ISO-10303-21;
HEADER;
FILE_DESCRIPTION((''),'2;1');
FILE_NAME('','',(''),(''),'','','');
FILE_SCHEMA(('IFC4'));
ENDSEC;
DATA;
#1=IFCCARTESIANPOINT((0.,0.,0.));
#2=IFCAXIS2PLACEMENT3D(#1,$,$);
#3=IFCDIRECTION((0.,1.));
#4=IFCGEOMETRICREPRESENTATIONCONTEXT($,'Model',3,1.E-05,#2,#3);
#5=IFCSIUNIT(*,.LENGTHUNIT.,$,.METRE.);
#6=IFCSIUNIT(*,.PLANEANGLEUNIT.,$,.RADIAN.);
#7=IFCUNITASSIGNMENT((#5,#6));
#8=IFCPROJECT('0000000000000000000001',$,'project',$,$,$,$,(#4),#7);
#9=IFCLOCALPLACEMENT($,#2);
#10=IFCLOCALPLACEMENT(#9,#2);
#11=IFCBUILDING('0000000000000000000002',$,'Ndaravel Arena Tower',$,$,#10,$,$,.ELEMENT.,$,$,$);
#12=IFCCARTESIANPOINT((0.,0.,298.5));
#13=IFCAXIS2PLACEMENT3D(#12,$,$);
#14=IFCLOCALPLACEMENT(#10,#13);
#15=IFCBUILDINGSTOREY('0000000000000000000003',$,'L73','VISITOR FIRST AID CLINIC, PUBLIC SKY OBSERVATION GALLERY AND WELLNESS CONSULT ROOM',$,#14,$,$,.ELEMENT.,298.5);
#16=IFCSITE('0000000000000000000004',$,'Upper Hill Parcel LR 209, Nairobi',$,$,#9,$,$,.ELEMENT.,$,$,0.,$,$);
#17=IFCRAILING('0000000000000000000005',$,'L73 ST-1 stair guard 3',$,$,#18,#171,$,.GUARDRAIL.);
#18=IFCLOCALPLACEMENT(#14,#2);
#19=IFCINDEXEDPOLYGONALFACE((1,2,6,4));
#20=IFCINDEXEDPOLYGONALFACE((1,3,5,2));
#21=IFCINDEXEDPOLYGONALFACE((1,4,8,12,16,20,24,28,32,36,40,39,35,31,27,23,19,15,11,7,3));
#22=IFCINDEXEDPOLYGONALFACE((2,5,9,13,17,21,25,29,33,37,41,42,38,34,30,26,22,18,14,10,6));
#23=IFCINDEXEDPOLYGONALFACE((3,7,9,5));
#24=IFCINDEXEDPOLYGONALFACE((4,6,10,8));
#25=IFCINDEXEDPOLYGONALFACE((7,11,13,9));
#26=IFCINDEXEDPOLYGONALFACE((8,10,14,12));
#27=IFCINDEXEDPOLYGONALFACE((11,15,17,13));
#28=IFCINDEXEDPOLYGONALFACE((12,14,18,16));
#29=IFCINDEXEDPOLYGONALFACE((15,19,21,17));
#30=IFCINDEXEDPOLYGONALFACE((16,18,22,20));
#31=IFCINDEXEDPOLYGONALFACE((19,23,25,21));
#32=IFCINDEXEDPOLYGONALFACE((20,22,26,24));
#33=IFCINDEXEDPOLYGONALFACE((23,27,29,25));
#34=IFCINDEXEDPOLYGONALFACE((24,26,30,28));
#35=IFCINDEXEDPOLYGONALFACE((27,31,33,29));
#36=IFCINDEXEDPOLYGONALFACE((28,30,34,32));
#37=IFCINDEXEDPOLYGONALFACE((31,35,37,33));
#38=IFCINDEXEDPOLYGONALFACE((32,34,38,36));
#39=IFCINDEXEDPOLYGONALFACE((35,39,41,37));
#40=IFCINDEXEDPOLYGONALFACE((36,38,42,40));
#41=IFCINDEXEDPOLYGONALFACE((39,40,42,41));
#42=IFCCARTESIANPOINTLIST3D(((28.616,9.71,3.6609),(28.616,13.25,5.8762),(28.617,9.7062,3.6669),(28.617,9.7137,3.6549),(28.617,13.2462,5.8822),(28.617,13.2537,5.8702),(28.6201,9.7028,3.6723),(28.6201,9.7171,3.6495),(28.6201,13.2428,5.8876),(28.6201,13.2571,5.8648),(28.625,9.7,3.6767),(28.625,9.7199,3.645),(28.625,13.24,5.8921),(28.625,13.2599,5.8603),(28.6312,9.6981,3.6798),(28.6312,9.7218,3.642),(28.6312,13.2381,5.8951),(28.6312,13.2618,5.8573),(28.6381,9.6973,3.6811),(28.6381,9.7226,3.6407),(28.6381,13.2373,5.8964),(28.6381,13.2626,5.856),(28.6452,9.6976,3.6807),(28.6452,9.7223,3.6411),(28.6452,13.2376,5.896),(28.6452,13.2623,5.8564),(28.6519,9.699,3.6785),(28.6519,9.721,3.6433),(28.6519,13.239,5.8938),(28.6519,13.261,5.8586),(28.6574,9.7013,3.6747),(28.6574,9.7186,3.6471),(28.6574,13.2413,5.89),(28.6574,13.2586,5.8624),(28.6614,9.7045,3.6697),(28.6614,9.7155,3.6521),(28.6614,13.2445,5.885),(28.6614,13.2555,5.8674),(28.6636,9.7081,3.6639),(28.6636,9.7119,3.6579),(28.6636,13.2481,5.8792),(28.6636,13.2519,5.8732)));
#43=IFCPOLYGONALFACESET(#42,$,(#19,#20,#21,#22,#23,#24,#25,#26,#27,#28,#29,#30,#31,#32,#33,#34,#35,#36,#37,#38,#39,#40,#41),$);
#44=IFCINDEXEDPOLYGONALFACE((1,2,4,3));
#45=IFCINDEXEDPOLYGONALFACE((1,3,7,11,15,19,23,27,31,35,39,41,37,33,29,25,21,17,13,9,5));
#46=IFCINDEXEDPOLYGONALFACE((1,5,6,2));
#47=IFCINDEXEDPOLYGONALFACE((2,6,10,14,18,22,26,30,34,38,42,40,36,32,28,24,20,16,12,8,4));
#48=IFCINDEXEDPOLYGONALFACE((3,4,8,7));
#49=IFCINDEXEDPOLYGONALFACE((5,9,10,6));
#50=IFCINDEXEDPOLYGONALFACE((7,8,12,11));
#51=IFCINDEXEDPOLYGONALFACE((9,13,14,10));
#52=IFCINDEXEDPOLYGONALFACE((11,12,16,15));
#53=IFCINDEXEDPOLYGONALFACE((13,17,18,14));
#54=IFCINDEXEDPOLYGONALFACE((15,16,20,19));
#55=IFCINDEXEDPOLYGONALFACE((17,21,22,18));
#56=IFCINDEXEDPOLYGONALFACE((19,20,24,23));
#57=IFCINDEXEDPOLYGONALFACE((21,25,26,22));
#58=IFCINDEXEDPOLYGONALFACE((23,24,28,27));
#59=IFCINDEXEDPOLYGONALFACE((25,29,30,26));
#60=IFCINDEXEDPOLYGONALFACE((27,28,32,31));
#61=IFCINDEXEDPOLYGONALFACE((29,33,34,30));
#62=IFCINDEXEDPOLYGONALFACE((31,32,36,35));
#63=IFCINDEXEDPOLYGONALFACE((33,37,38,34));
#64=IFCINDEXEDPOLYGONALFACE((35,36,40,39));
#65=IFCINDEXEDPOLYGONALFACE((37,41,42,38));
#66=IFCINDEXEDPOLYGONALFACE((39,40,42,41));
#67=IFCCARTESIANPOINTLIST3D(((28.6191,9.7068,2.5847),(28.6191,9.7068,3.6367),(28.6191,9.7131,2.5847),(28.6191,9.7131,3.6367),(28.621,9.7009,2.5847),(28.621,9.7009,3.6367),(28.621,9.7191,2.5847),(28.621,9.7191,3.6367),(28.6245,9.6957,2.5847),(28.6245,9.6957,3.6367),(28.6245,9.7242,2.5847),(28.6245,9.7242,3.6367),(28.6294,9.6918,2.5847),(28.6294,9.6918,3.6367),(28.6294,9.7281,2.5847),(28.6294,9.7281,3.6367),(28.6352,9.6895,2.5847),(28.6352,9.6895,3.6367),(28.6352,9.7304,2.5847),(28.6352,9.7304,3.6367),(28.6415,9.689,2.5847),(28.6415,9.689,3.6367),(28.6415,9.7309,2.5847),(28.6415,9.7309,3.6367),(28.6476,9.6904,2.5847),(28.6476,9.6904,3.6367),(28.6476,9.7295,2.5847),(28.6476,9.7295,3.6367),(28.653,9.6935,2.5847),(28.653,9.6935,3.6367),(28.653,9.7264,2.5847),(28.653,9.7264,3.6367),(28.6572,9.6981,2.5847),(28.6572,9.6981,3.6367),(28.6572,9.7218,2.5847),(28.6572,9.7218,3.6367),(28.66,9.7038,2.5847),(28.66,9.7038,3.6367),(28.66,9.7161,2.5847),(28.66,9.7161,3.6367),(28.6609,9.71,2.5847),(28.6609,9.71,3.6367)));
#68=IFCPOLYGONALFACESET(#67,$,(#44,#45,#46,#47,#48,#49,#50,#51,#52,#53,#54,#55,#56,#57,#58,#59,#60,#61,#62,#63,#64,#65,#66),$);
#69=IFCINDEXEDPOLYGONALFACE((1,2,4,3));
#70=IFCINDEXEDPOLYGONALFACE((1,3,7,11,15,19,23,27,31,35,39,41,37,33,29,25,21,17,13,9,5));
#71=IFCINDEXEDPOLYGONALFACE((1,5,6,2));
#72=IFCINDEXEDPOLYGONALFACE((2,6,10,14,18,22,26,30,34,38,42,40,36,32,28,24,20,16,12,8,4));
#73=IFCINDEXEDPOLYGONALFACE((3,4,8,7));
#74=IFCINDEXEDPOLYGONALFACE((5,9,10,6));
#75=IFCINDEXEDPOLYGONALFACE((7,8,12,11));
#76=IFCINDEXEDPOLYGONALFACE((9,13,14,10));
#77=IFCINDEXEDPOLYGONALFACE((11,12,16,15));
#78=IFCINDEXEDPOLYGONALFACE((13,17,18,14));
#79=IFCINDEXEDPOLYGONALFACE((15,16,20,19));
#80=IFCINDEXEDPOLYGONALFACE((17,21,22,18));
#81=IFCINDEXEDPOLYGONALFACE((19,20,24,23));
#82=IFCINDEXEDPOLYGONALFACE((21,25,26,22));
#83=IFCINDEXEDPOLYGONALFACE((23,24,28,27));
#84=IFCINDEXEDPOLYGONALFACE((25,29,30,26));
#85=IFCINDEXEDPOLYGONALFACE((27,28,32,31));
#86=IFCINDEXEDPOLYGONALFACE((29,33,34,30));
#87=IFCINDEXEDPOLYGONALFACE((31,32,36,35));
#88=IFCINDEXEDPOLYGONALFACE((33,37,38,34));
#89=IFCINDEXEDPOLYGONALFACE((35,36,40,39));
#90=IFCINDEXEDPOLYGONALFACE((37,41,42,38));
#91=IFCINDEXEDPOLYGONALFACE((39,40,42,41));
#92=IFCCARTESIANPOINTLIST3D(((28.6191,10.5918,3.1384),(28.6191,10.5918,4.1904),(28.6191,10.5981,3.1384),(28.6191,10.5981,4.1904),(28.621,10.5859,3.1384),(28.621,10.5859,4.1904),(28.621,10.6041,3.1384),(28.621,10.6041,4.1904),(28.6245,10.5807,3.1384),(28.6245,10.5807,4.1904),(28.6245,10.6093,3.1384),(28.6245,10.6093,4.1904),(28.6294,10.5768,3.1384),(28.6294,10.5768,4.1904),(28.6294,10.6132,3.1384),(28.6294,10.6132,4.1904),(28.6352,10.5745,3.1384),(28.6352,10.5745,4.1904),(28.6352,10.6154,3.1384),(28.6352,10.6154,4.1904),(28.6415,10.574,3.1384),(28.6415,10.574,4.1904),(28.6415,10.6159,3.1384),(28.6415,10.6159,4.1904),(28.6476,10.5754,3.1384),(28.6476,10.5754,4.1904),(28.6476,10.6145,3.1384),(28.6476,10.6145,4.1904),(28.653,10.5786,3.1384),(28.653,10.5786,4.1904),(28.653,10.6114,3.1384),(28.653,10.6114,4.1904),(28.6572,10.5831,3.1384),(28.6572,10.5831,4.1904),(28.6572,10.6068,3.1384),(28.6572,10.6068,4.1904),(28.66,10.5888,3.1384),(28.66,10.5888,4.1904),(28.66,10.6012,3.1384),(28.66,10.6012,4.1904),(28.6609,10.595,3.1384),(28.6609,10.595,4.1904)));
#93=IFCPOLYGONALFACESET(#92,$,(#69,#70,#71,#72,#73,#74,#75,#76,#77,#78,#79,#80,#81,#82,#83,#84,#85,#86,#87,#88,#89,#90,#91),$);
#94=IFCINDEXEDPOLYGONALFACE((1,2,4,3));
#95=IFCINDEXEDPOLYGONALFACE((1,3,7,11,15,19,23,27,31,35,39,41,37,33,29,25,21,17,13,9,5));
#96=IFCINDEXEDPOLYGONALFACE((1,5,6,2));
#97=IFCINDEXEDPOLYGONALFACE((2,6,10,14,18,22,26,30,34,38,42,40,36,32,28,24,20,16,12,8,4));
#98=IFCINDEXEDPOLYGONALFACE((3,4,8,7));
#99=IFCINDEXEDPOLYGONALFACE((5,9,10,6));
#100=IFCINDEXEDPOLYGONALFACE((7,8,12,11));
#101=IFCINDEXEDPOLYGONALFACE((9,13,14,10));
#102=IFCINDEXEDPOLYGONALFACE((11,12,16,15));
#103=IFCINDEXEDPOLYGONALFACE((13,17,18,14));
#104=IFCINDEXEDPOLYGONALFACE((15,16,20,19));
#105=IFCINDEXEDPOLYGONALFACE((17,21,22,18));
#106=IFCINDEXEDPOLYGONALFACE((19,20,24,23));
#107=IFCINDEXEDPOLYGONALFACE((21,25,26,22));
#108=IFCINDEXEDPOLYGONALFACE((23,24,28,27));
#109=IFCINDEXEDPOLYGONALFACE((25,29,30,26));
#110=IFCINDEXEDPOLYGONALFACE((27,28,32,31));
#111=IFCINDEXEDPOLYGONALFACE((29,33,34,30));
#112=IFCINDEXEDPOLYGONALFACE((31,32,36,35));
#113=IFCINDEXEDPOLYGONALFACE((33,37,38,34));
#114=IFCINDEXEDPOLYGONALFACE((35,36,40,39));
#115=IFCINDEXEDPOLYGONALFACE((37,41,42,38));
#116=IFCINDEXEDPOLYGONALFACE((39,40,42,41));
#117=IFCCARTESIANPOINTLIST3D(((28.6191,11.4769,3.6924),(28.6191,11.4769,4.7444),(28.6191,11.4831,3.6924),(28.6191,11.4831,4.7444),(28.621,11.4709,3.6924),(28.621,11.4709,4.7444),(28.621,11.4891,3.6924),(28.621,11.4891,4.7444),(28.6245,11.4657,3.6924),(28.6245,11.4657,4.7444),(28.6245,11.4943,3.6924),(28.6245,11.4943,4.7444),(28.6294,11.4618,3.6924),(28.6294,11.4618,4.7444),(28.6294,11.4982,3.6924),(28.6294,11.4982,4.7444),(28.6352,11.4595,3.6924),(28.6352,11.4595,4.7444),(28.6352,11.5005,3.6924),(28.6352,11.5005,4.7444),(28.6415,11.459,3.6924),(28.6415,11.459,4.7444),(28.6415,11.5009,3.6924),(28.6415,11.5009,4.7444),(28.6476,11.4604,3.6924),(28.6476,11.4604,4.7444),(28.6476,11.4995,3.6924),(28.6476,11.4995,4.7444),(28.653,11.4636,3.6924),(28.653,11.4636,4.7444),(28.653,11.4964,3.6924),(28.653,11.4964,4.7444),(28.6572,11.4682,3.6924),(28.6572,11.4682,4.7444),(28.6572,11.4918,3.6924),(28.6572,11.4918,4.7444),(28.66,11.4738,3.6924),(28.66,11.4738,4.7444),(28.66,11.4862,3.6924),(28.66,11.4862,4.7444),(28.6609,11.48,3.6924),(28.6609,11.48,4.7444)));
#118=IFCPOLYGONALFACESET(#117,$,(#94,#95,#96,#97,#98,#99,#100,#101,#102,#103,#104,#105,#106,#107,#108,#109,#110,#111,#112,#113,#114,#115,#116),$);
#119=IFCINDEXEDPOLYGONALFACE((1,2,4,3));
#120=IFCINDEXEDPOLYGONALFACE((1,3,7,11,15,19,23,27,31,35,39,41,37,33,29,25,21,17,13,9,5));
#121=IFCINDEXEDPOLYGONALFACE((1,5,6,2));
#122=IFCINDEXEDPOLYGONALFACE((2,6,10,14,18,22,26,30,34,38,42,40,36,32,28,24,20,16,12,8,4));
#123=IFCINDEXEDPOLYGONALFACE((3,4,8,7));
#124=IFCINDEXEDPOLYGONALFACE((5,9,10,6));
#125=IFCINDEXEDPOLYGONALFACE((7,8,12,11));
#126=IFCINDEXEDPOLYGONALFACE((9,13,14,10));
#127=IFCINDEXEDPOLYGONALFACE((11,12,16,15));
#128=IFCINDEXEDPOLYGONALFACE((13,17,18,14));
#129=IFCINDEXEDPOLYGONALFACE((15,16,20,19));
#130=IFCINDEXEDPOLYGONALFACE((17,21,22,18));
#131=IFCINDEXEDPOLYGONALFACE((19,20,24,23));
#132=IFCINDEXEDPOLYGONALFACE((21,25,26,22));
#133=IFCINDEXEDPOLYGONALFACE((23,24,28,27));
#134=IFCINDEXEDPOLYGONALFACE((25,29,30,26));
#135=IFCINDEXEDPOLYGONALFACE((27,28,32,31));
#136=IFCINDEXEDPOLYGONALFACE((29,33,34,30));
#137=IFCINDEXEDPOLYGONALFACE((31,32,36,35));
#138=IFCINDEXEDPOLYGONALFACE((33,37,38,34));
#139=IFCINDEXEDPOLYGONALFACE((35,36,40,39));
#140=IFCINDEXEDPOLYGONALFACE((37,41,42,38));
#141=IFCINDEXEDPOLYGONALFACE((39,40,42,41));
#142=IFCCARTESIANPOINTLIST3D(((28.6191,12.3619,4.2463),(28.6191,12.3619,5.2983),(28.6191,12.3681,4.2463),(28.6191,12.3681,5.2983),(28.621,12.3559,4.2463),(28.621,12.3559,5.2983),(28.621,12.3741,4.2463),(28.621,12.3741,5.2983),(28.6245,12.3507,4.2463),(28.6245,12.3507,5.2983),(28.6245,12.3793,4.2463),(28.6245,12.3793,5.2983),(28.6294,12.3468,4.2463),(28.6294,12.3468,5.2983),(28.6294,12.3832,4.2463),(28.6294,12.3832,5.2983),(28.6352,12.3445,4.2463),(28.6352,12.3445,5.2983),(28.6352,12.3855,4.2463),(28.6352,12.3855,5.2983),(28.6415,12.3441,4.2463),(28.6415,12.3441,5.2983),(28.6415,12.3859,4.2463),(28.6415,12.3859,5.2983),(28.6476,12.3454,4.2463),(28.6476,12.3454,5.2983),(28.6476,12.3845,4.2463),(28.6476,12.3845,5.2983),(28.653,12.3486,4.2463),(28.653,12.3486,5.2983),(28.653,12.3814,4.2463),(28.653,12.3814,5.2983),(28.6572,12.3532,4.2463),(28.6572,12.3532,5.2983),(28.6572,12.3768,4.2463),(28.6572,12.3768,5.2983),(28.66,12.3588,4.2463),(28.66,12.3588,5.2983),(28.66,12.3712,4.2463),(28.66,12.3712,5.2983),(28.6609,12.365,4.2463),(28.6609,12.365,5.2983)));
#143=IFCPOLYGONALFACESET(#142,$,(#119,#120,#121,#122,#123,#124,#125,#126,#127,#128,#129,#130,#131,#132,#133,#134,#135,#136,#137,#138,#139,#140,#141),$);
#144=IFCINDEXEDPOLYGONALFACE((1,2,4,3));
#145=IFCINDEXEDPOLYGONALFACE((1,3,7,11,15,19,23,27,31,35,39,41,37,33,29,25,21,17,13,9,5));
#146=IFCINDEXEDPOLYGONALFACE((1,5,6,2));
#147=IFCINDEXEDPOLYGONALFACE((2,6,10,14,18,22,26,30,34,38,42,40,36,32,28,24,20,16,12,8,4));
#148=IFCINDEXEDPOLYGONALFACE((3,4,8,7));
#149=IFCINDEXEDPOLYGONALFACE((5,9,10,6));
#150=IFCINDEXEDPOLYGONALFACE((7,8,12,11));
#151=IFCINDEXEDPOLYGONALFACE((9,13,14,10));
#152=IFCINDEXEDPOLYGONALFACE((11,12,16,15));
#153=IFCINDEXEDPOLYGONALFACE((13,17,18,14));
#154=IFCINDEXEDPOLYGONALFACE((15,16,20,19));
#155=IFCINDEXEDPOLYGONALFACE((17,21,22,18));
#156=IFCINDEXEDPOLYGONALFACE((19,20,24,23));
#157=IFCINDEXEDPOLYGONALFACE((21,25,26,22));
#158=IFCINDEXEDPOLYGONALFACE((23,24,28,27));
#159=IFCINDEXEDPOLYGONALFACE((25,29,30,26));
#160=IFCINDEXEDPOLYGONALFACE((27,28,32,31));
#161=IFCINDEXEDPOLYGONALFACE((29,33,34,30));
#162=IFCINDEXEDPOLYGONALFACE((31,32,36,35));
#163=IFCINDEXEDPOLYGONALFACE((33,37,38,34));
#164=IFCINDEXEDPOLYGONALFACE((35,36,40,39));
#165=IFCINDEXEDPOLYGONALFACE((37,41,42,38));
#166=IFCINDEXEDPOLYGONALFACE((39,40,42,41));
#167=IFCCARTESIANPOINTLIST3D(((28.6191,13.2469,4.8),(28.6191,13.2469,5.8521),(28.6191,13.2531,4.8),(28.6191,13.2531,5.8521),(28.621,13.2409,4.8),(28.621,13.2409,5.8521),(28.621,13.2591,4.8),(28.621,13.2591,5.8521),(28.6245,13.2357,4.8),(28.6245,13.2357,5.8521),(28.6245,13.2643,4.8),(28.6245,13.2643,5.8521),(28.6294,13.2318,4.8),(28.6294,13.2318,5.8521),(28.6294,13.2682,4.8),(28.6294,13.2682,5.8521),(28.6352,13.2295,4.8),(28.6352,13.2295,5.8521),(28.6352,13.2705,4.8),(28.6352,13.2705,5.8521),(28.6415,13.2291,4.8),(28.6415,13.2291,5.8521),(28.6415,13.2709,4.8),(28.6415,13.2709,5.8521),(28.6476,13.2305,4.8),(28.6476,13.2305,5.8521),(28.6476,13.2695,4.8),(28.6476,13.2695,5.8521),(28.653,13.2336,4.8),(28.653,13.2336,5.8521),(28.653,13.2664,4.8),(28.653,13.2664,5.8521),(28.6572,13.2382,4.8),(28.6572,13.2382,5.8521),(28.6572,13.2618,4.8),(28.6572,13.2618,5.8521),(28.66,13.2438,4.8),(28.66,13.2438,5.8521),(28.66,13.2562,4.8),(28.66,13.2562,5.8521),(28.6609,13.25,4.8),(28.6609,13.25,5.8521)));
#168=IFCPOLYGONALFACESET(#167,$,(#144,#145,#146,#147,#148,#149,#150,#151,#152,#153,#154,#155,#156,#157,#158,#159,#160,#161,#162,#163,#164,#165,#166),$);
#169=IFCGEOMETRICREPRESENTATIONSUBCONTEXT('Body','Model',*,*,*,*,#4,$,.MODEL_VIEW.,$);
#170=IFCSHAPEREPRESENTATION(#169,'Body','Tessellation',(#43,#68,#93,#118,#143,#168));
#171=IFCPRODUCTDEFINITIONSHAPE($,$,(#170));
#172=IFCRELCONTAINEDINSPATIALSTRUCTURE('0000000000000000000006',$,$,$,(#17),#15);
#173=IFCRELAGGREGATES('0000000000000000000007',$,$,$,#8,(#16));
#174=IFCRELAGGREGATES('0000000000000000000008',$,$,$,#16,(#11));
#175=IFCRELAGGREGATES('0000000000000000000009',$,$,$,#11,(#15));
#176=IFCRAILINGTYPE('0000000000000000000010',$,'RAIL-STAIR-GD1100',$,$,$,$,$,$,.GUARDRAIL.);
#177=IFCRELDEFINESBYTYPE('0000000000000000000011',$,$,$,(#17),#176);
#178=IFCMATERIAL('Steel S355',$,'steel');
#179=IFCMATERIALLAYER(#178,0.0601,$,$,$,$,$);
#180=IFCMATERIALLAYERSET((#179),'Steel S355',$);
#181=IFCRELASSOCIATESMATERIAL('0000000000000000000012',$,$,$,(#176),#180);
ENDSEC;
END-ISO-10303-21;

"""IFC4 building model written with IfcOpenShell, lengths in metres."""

from ifc_helpers import new_model, si_unit, direction, frame, origin, origin_2d, place, context, subcontext, project, spatial, circle, extrude, material, layer, layer_set, type_object, element, save


model = new_model("IFC4")

# Units and contexts
model_context = context("Model", 3, precision=1e-05, world=origin(), true_north=direction((0.0, 1.0)))
body_context = subcontext(model_context, "Body", "Model", "MODEL_VIEW")
ifc_project = project(units=[si_unit("LENGTHUNIT", "METRE"), si_unit("PLANEANGLEUNIT", "RADIAN")], contexts=[model_context])

# Site, building, storey
site_placement = place(None, origin())
site = spatial("IfcSite", under=ifc_project, at=site_placement, Name="Upper Hill Parcel LR 209, Nairobi", CompositionType="ELEMENT", RefElevation=0.0)
building_placement = place(site_placement, origin())
building = spatial("IfcBuilding", under=site, at=building_placement, Name="Ndaravel Arena Tower", CompositionType="ELEMENT")
storey_placement = place(building_placement, frame((0.0, 0.0, 298.5)))
storey = spatial("IfcBuildingStorey", under=building, at=storey_placement, Name="L73", Description="VISITOR FIRST AID CLINIC, PUBLIC SKY OBSERVATION GALLERY AND WELLNESS CONSULT ROOM", CompositionType="ELEMENT", Elevation=298.5)

# Railing
ifc_material_1 = material(Name="Steel S355", Category="steel")
ifc_layer_1 = layer(ifc_material_1, 0.0601)
ifc_layer_set_1 = layer_set([ifc_layer_1], Name="Steel S355")
railing_type_1 = type_object("IfcRailingType", Name="RAIL-STAIR-GD1100", PredefinedType="GUARDRAIL", material=ifc_layer_set_1)
railing_1_placement = place(storey_placement, frame((28.6399, 9.71, 2.5847)))
element("IfcRailing", 1, at=railing_1_placement, inside=storey, type_object=railing_type_1, Name="L73 ST-1 stair guard 3", PredefinedType="GUARDRAIL", context=body_context, shape_type="SweptSolid", body=[
    extrude(circle(Radius=0.0239, at=origin_2d()), frame((0.0, 0.0, 1.0762), z_axis=(0.0, 0.847696, 0.530482), x_axis=(-1.0, 0.0, 0.0)), (0.0, 0.0, 1.0), 4.176),
    extrude(circle(Radius=0.021, at=origin_2d()), origin(), (0.0, 0.0, 1.0), 1.052),
    extrude(circle(Radius=0.021, at=origin_2d()), frame((0.0, 0.885, 0.5537)), (0.0, 0.0, 1.0), 1.052),
    extrude(circle(Radius=0.021, at=origin_2d()), frame((0.0, 1.77, 1.1077)), (0.0, 0.0, 1.0), 1.052),
    extrude(circle(Radius=0.021, at=origin_2d()), frame((0.0, 2.655, 1.6616)), (0.0, 0.0, 1.0), 1.052),
    extrude(circle(Radius=0.021, at=origin_2d()), frame((0.0, 3.54, 2.2153)), (0.0, 0.0, 1.0), 1.052),
])

save(model, "model.ifc")
